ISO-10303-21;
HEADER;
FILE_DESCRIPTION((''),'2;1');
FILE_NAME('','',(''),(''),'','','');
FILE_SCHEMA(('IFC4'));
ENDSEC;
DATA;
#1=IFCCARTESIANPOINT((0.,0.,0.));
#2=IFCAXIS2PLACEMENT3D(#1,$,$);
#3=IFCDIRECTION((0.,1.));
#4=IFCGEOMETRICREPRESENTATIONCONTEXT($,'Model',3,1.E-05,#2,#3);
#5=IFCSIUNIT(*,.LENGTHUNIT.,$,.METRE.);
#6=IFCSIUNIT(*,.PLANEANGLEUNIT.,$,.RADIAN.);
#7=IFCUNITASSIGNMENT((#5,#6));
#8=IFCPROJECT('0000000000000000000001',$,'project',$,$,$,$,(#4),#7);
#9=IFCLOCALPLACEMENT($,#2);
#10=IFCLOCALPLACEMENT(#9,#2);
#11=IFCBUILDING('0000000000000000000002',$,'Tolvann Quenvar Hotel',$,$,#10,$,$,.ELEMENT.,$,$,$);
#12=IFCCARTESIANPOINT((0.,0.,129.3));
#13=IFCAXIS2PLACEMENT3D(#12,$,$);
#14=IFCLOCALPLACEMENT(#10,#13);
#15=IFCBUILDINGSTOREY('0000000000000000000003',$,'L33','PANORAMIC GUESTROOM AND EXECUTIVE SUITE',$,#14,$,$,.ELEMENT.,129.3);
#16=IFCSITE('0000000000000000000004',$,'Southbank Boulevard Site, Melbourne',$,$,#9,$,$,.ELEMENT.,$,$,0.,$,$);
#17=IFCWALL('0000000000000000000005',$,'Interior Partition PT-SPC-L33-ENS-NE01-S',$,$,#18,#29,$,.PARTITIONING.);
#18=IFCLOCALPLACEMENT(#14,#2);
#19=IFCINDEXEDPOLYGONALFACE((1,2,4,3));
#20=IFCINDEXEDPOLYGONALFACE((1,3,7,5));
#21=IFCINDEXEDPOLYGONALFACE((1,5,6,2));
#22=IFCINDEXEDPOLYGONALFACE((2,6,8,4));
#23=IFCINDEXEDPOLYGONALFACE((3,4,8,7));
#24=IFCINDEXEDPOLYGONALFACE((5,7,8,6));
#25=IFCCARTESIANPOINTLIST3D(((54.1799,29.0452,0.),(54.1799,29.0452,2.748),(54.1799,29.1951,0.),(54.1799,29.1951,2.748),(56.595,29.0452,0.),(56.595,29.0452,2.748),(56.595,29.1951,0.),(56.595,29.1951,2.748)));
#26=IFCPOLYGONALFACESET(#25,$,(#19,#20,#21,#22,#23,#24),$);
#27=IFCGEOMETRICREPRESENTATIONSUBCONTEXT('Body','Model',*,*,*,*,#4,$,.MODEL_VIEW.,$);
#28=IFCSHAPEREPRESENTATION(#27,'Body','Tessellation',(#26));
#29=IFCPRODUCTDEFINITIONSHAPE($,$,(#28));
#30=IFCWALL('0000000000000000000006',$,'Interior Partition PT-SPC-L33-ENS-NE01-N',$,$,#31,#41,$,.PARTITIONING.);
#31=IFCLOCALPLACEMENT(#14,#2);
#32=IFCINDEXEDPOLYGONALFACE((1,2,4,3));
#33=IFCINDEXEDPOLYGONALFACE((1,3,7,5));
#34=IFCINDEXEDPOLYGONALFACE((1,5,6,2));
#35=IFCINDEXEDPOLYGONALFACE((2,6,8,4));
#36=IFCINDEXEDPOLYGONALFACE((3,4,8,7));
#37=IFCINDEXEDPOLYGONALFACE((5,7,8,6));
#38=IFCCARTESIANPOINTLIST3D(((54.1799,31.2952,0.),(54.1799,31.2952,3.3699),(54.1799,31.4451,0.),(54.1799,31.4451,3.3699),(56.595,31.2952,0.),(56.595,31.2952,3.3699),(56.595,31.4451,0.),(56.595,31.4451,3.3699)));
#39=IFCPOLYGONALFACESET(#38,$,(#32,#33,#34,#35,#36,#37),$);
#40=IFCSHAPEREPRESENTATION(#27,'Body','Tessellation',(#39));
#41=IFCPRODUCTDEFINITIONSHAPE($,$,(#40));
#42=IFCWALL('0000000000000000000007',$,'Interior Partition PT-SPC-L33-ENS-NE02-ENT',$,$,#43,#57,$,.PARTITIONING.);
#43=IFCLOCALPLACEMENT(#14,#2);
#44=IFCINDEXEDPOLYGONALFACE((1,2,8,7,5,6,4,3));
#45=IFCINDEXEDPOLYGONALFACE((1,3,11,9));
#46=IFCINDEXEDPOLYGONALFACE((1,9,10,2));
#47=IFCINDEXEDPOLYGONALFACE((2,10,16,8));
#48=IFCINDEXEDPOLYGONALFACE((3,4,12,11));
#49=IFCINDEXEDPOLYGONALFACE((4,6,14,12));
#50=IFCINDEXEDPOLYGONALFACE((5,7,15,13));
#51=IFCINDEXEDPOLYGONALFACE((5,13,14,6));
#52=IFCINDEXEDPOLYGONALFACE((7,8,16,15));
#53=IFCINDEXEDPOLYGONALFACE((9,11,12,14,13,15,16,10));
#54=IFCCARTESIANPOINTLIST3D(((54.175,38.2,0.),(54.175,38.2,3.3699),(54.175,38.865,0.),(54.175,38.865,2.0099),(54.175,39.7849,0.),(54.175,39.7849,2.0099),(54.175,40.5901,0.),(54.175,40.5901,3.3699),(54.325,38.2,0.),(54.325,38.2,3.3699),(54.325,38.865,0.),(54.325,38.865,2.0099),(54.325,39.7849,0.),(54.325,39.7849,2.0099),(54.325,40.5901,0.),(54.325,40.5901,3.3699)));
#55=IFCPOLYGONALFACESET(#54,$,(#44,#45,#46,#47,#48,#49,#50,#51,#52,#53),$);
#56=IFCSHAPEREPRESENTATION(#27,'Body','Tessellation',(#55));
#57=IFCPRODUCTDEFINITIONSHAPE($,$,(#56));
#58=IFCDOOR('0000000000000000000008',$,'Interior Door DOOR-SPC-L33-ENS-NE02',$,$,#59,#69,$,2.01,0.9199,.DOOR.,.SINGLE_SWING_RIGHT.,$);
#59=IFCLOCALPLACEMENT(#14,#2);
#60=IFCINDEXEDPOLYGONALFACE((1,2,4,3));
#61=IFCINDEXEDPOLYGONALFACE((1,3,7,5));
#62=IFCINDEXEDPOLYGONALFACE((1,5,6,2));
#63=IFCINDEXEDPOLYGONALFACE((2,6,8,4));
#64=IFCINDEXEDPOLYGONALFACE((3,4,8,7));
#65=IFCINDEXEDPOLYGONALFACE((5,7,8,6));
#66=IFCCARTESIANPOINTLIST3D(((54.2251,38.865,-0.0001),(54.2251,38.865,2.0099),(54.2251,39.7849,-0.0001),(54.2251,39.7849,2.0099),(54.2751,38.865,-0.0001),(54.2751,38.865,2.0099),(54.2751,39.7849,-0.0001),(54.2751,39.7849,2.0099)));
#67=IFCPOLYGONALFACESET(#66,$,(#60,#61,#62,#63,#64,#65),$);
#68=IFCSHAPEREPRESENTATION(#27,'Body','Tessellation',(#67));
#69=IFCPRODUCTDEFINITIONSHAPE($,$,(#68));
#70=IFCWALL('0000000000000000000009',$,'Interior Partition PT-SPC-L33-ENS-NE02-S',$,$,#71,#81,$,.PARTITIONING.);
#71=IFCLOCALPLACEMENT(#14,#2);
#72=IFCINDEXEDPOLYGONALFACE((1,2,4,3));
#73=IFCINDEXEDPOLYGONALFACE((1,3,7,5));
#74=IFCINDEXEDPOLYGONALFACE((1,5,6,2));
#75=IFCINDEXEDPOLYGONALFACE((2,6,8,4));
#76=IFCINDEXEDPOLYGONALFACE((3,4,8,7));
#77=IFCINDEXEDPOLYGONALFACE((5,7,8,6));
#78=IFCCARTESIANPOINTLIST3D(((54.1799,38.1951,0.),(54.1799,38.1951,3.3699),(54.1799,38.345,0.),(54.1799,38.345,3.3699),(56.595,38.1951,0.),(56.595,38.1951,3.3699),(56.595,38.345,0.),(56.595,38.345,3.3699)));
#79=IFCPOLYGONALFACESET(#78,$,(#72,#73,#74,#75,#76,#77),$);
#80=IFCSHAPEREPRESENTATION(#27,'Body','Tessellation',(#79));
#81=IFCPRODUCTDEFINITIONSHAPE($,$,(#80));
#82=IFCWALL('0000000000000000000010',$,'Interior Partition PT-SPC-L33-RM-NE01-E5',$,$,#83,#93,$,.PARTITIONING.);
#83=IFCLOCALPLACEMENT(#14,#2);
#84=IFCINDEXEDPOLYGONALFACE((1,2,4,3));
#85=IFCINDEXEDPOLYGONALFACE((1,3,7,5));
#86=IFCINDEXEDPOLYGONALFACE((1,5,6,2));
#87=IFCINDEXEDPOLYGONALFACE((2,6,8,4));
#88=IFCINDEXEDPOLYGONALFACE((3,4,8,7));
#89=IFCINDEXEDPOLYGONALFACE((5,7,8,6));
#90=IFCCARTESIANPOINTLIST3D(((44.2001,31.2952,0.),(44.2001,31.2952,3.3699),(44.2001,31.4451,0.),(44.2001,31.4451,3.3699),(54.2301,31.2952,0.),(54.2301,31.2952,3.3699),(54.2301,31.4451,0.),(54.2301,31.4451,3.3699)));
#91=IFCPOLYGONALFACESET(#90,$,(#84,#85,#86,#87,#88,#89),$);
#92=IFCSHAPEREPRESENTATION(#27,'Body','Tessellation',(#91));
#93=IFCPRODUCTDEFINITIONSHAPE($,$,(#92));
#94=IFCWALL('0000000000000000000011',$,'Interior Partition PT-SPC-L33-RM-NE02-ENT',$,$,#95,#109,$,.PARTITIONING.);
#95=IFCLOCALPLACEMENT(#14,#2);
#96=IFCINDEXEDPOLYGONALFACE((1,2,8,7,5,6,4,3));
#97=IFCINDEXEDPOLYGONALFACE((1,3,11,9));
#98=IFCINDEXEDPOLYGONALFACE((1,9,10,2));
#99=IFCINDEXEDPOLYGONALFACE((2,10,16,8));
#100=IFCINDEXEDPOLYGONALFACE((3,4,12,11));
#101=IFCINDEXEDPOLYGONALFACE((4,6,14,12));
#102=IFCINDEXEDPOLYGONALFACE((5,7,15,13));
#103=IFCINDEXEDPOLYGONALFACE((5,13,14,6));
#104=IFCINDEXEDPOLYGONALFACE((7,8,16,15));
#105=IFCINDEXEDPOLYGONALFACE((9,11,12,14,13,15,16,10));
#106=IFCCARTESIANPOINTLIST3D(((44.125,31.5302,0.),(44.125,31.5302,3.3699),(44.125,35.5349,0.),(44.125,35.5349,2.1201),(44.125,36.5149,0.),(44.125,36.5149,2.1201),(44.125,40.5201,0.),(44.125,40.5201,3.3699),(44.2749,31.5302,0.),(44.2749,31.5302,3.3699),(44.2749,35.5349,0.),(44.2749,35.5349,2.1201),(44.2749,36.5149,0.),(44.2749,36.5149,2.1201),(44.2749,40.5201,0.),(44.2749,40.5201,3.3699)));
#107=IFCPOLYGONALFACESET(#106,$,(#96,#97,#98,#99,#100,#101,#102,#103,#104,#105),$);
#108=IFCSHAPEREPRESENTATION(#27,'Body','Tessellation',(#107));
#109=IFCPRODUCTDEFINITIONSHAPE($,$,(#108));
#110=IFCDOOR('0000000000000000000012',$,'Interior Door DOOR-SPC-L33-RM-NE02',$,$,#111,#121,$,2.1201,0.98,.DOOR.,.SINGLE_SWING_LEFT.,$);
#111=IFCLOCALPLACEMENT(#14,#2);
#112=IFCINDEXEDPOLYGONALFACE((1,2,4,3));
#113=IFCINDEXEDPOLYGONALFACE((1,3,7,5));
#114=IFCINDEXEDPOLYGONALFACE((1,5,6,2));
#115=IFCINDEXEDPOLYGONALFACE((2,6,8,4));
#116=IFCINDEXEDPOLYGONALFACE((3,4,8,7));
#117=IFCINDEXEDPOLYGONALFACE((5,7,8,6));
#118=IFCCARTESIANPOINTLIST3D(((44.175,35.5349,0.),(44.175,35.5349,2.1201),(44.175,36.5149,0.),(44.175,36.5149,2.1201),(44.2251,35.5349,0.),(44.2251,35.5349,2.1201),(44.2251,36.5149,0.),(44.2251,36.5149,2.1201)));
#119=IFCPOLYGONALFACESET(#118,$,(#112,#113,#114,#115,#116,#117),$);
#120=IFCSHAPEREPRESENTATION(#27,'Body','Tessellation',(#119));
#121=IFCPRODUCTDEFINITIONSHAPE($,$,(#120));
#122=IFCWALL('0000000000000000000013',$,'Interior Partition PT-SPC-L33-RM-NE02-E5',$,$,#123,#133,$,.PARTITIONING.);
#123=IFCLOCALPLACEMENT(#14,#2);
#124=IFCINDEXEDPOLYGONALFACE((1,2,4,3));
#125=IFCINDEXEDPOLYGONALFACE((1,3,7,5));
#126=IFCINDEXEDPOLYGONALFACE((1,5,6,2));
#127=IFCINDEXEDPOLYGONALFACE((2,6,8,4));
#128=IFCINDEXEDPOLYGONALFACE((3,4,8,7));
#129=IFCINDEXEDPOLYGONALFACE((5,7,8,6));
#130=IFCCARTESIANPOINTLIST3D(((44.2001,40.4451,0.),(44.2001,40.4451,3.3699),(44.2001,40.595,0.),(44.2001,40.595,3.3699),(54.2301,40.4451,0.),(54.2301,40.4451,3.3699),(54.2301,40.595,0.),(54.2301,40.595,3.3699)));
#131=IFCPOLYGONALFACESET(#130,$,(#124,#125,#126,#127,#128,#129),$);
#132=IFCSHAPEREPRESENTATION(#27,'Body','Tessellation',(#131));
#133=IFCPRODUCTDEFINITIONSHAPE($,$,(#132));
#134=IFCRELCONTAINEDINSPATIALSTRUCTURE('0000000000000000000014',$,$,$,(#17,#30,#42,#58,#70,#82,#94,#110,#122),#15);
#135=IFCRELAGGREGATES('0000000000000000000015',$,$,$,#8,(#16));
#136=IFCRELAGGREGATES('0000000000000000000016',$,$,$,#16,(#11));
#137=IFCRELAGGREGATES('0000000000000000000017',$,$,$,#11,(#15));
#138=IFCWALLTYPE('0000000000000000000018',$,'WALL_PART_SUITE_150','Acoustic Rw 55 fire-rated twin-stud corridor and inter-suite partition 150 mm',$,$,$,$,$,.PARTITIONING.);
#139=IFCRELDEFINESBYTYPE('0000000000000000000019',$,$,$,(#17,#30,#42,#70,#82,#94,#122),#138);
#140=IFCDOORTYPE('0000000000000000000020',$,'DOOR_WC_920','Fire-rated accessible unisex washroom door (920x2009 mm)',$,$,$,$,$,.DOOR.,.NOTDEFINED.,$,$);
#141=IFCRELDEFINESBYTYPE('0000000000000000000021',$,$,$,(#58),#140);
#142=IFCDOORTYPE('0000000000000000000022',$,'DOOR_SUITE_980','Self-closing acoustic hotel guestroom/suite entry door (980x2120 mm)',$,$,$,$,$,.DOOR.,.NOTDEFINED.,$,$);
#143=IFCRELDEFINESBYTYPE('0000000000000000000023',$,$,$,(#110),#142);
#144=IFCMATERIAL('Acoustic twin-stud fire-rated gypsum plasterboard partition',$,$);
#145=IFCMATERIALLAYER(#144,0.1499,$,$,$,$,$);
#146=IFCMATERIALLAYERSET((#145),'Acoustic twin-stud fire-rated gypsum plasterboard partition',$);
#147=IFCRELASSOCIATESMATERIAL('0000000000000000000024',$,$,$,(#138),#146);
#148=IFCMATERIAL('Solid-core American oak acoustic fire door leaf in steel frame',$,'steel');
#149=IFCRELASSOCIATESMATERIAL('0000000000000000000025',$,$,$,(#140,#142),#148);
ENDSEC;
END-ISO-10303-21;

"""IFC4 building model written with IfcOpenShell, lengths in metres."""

from ifc_helpers import new_model, si_unit, direction, frame, frame_2d, origin, place, context, subcontext, project, spatial, rectangle, extrude, source, transform, mapped, material, layer, layer_set, type_object, type_shapes, element, fill, save


model = new_model("IFC4")

# Units and contexts
model_context = context("Model", 3, precision=1e-05, world=origin(), true_north=direction((0.0, 1.0)))
body_context = subcontext(model_context, "Body", "Model", "MODEL_VIEW")
ifc_project = project(units=[si_unit("LENGTHUNIT", "METRE"), si_unit("PLANEANGLEUNIT", "RADIAN")], contexts=[model_context])

# Site, building, storey
site_placement = place(None, origin())
site = spatial("IfcSite", under=ifc_project, at=site_placement, Name="Southbank Boulevard Site, Melbourne", CompositionType="ELEMENT", RefElevation=0.0)
building_placement = place(site_placement, origin())
building = spatial("IfcBuilding", under=site, at=building_placement, Name="Tolvann Quenvar Hotel", CompositionType="ELEMENT")
storey_placement = place(building_placement, frame((0.0, 0.0, 129.3)))
storey = spatial("IfcBuildingStorey", under=building, at=storey_placement, Name="L33", Description="PANORAMIC GUESTROOM AND EXECUTIVE SUITE", CompositionType="ELEMENT", Elevation=129.3)

# Walls
ifc_material_1 = material(Name="Acoustic twin-stud fire-rated gypsum plasterboard partition")
ifc_layer = layer(ifc_material_1, 0.1499)
ifc_layer_set = layer_set([ifc_layer], Name="Acoustic twin-stud fire-rated gypsum plasterboard partition")
wall_type = type_object("IfcWallType", Name="WALL_PART_SUITE_150", Description="Acoustic Rw 55 fire-rated twin-stud corridor and inter-suite partition 150 mm", PredefinedType="PARTITIONING", material=ifc_layer_set)
wall_1_placement = place(storey_placement, frame((54.1799, 29.1201, 0.0), z_axis=(0.0, 0.0, 1.0), x_axis=(1.0, 0.0, 0.0)))
element("IfcWall", 1, at=wall_1_placement, inside=storey, type_object=wall_type, Name="Interior Partition PT-SPC-L33-ENS-NE01-S", PredefinedType="PARTITIONING", context=body_context, shape_type="SweptSolid", body=[
    extrude(rectangle(XDim=2.415, YDim=0.1499, at=frame_2d((1.2075, 0.0))), origin(), (0.0, 0.0, 1.0), 2.748),
])
wall_2_placement = place(storey_placement, frame((54.1799, 31.3701, 0.0), z_axis=(0.0, 0.0, 1.0), x_axis=(1.0, 0.0, 0.0)))
element("IfcWall", 2, at=wall_2_placement, inside=storey, type_object=wall_type, Name="Interior Partition PT-SPC-L33-ENS-NE01-N", PredefinedType="PARTITIONING", context=body_context, shape_type="SweptSolid", body=[
    extrude(rectangle(XDim=2.415, YDim=0.1499, at=frame_2d((1.2075, 0.0))), origin(), (0.0, 0.0, 1.0), 3.3699),
])

# Wall, opening, door
wall_3_placement = place(storey_placement, frame((54.25, 38.2, 0.0), z_axis=(0.0, 0.0, 1.0), x_axis=(0.0, 1.0, 0.0)))
wall_3 = element("IfcWall", 3, at=wall_3_placement, inside=storey, type_object=wall_type, Name="Interior Partition PT-SPC-L33-ENS-NE02-ENT", PredefinedType="PARTITIONING", context=body_context, shape_type="SweptSolid", body=[
    extrude(rectangle(XDim=2.3901, YDim=0.1499, at=frame_2d((1.1951, 0.0))), origin(), (0.0, 0.0, 1.0), 3.3699),
])
opening_1_placement = place(wall_3_placement, frame((0.665, 0.0, 0.0)))
opening_1 = element("IfcOpeningElement", 4, at=opening_1_placement, cuts=wall_3, PredefinedType="OPENING", context=body_context, shape_type="SweptSolid", body=[
    extrude(rectangle(XDim=0.9199, YDim=2.01, at=frame_2d((0.46, 1.0049))), frame((0.0, 0.085, 0.0), z_axis=(0.0, -1.0, 0.0), x_axis=(1.0, 0.0, 0.0)), (0.0, 0.0, 1.0), 0.1699),
])
ifc_material_2 = material(Name="Solid-core American oak acoustic fire door leaf in steel frame", Category="steel")
door_type_1 = type_object("IfcDoorType", Name="DOOR_WC_920", Description="Fire-rated accessible unisex washroom door (920x2009 mm)", OperationType="NOTDEFINED", PredefinedType="DOOR", material=ifc_material_2)
shared_shape_1 = source(origin(), body_context, "Body", "SweptSolid", [
    extrude(rectangle(XDim=0.9199, YDim=2.01, at=frame_2d((0.46, 1.0049))), frame((0.0, 0.0249, 0.0), z_axis=(0.0, -1.0, 0.0), x_axis=(1.0, 0.0, 0.0)), (0.0, 0.0, 1.0), 0.05),
])
type_shapes(door_type_1, [shared_shape_1])
door_1_placement = place(opening_1_placement, origin())
door_1 = element("IfcDoor", 5, at=door_1_placement, inside=storey, type_object=door_type_1, Name="Interior Door DOOR-SPC-L33-ENS-NE02", OperationType="SINGLE_SWING_RIGHT", OverallHeight=2.01, OverallWidth=0.9199, PredefinedType="DOOR", context=body_context, shape_type="MappedRepresentation", body=[
    mapped(shared_shape_1, transform((0.0, 0.0, 0.0), x_axis=(1.0, 0.0, 0.0), y_axis=(0.0, 1.0, 0.0), z_axis=(0.0, 0.0, 1.0), scale=1.0)),
])
fill(opening_1, door_1)

# Walls
wall_4_placement = place(storey_placement, frame((54.1799, 38.27, 0.0), z_axis=(0.0, 0.0, 1.0), x_axis=(1.0, 0.0, 0.0)))
element("IfcWall", 6, at=wall_4_placement, inside=storey, type_object=wall_type, Name="Interior Partition PT-SPC-L33-ENS-NE02-S", PredefinedType="PARTITIONING", context=body_context, shape_type="SweptSolid", body=[
    extrude(rectangle(XDim=2.415, YDim=0.1499, at=frame_2d((1.2075, 0.0))), origin(), (0.0, 0.0, 1.0), 3.3699),
])
wall_5_placement = place(storey_placement, frame((44.2, 31.3701, 0.0), z_axis=(0.0, 0.0, 1.0), x_axis=(1.0, 0.0, 0.0)))
element("IfcWall", 7, at=wall_5_placement, inside=storey, type_object=wall_type, Name="Interior Partition PT-SPC-L33-RM-NE01-E5", PredefinedType="PARTITIONING", context=body_context, shape_type="SweptSolid", body=[
    extrude(rectangle(XDim=10.03, YDim=0.1499, at=frame_2d((5.0151, 0.0))), origin(), (0.0, 0.0, 1.0), 3.3699),
])

# Wall, opening, door
wall_6_placement = place(storey_placement, frame((44.2, 31.53, 0.0), z_axis=(0.0, 0.0, 1.0), x_axis=(0.0, 1.0, 0.0)))
wall_6 = element("IfcWall", 8, at=wall_6_placement, inside=storey, type_object=wall_type, Name="Interior Partition PT-SPC-L33-RM-NE02-ENT", PredefinedType="PARTITIONING", context=body_context, shape_type="SweptSolid", body=[
    extrude(rectangle(XDim=8.99, YDim=0.1499, at=frame_2d((4.4951, 0.0))), origin(), (0.0, 0.0, 1.0), 3.3699),
])
opening_2_placement = place(wall_6_placement, frame((4.0049, 0.0, 0.0)))
opening_2 = element("IfcOpeningElement", 9, at=opening_2_placement, cuts=wall_6, PredefinedType="OPENING", context=body_context, shape_type="SweptSolid", body=[
    extrude(rectangle(XDim=0.98, YDim=2.1201, at=frame_2d((0.49, 1.0601))), frame((0.0, 0.085, 0.0), z_axis=(0.0, -1.0, 0.0), x_axis=(1.0, 0.0, 0.0)), (0.0, 0.0, 1.0), 0.1699),
])
door_type_2 = type_object("IfcDoorType", Name="DOOR_SUITE_980", Description="Self-closing acoustic hotel guestroom/suite entry door (980x2120 mm)", OperationType="NOTDEFINED", PredefinedType="DOOR", material=ifc_material_2)
shared_shape_2 = source(origin(), body_context, "Body", "SweptSolid", [
    extrude(rectangle(XDim=0.98, YDim=2.1201, at=frame_2d((0.49, 1.0601))), frame((0.0, 0.0249, 0.0), z_axis=(0.0, -1.0, 0.0), x_axis=(1.0, 0.0, 0.0)), (0.0, 0.0, 1.0), 0.05),
])
type_shapes(door_type_2, [shared_shape_2])
door_2_placement = place(opening_2_placement, origin())
door_2 = element("IfcDoor", 10, at=door_2_placement, inside=storey, type_object=door_type_2, Name="Interior Door DOOR-SPC-L33-RM-NE02", OperationType="SINGLE_SWING_LEFT", OverallHeight=2.1201, OverallWidth=0.98, PredefinedType="DOOR", context=body_context, shape_type="MappedRepresentation", body=[
    mapped(shared_shape_2, transform((0.0, 0.0, 0.0), x_axis=(1.0, 0.0, 0.0), y_axis=(0.0, 1.0, 0.0), z_axis=(0.0, 0.0, 1.0), scale=1.0)),
])
fill(opening_2, door_2)

# Wall
wall_7_placement = place(storey_placement, frame((44.2, 40.52, 0.0), z_axis=(0.0, 0.0, 1.0), x_axis=(1.0, 0.0, 0.0)))
element("IfcWall", 11, at=wall_7_placement, inside=storey, type_object=wall_type, Name="Interior Partition PT-SPC-L33-RM-NE02-E5", PredefinedType="PARTITIONING", context=body_context, shape_type="SweptSolid", body=[
    extrude(rectangle(XDim=10.03, YDim=0.1499, at=frame_2d((5.0151, 0.0))), origin(), (0.0, 0.0, 1.0), 3.3699),
])

save(model, "model.ifc")
